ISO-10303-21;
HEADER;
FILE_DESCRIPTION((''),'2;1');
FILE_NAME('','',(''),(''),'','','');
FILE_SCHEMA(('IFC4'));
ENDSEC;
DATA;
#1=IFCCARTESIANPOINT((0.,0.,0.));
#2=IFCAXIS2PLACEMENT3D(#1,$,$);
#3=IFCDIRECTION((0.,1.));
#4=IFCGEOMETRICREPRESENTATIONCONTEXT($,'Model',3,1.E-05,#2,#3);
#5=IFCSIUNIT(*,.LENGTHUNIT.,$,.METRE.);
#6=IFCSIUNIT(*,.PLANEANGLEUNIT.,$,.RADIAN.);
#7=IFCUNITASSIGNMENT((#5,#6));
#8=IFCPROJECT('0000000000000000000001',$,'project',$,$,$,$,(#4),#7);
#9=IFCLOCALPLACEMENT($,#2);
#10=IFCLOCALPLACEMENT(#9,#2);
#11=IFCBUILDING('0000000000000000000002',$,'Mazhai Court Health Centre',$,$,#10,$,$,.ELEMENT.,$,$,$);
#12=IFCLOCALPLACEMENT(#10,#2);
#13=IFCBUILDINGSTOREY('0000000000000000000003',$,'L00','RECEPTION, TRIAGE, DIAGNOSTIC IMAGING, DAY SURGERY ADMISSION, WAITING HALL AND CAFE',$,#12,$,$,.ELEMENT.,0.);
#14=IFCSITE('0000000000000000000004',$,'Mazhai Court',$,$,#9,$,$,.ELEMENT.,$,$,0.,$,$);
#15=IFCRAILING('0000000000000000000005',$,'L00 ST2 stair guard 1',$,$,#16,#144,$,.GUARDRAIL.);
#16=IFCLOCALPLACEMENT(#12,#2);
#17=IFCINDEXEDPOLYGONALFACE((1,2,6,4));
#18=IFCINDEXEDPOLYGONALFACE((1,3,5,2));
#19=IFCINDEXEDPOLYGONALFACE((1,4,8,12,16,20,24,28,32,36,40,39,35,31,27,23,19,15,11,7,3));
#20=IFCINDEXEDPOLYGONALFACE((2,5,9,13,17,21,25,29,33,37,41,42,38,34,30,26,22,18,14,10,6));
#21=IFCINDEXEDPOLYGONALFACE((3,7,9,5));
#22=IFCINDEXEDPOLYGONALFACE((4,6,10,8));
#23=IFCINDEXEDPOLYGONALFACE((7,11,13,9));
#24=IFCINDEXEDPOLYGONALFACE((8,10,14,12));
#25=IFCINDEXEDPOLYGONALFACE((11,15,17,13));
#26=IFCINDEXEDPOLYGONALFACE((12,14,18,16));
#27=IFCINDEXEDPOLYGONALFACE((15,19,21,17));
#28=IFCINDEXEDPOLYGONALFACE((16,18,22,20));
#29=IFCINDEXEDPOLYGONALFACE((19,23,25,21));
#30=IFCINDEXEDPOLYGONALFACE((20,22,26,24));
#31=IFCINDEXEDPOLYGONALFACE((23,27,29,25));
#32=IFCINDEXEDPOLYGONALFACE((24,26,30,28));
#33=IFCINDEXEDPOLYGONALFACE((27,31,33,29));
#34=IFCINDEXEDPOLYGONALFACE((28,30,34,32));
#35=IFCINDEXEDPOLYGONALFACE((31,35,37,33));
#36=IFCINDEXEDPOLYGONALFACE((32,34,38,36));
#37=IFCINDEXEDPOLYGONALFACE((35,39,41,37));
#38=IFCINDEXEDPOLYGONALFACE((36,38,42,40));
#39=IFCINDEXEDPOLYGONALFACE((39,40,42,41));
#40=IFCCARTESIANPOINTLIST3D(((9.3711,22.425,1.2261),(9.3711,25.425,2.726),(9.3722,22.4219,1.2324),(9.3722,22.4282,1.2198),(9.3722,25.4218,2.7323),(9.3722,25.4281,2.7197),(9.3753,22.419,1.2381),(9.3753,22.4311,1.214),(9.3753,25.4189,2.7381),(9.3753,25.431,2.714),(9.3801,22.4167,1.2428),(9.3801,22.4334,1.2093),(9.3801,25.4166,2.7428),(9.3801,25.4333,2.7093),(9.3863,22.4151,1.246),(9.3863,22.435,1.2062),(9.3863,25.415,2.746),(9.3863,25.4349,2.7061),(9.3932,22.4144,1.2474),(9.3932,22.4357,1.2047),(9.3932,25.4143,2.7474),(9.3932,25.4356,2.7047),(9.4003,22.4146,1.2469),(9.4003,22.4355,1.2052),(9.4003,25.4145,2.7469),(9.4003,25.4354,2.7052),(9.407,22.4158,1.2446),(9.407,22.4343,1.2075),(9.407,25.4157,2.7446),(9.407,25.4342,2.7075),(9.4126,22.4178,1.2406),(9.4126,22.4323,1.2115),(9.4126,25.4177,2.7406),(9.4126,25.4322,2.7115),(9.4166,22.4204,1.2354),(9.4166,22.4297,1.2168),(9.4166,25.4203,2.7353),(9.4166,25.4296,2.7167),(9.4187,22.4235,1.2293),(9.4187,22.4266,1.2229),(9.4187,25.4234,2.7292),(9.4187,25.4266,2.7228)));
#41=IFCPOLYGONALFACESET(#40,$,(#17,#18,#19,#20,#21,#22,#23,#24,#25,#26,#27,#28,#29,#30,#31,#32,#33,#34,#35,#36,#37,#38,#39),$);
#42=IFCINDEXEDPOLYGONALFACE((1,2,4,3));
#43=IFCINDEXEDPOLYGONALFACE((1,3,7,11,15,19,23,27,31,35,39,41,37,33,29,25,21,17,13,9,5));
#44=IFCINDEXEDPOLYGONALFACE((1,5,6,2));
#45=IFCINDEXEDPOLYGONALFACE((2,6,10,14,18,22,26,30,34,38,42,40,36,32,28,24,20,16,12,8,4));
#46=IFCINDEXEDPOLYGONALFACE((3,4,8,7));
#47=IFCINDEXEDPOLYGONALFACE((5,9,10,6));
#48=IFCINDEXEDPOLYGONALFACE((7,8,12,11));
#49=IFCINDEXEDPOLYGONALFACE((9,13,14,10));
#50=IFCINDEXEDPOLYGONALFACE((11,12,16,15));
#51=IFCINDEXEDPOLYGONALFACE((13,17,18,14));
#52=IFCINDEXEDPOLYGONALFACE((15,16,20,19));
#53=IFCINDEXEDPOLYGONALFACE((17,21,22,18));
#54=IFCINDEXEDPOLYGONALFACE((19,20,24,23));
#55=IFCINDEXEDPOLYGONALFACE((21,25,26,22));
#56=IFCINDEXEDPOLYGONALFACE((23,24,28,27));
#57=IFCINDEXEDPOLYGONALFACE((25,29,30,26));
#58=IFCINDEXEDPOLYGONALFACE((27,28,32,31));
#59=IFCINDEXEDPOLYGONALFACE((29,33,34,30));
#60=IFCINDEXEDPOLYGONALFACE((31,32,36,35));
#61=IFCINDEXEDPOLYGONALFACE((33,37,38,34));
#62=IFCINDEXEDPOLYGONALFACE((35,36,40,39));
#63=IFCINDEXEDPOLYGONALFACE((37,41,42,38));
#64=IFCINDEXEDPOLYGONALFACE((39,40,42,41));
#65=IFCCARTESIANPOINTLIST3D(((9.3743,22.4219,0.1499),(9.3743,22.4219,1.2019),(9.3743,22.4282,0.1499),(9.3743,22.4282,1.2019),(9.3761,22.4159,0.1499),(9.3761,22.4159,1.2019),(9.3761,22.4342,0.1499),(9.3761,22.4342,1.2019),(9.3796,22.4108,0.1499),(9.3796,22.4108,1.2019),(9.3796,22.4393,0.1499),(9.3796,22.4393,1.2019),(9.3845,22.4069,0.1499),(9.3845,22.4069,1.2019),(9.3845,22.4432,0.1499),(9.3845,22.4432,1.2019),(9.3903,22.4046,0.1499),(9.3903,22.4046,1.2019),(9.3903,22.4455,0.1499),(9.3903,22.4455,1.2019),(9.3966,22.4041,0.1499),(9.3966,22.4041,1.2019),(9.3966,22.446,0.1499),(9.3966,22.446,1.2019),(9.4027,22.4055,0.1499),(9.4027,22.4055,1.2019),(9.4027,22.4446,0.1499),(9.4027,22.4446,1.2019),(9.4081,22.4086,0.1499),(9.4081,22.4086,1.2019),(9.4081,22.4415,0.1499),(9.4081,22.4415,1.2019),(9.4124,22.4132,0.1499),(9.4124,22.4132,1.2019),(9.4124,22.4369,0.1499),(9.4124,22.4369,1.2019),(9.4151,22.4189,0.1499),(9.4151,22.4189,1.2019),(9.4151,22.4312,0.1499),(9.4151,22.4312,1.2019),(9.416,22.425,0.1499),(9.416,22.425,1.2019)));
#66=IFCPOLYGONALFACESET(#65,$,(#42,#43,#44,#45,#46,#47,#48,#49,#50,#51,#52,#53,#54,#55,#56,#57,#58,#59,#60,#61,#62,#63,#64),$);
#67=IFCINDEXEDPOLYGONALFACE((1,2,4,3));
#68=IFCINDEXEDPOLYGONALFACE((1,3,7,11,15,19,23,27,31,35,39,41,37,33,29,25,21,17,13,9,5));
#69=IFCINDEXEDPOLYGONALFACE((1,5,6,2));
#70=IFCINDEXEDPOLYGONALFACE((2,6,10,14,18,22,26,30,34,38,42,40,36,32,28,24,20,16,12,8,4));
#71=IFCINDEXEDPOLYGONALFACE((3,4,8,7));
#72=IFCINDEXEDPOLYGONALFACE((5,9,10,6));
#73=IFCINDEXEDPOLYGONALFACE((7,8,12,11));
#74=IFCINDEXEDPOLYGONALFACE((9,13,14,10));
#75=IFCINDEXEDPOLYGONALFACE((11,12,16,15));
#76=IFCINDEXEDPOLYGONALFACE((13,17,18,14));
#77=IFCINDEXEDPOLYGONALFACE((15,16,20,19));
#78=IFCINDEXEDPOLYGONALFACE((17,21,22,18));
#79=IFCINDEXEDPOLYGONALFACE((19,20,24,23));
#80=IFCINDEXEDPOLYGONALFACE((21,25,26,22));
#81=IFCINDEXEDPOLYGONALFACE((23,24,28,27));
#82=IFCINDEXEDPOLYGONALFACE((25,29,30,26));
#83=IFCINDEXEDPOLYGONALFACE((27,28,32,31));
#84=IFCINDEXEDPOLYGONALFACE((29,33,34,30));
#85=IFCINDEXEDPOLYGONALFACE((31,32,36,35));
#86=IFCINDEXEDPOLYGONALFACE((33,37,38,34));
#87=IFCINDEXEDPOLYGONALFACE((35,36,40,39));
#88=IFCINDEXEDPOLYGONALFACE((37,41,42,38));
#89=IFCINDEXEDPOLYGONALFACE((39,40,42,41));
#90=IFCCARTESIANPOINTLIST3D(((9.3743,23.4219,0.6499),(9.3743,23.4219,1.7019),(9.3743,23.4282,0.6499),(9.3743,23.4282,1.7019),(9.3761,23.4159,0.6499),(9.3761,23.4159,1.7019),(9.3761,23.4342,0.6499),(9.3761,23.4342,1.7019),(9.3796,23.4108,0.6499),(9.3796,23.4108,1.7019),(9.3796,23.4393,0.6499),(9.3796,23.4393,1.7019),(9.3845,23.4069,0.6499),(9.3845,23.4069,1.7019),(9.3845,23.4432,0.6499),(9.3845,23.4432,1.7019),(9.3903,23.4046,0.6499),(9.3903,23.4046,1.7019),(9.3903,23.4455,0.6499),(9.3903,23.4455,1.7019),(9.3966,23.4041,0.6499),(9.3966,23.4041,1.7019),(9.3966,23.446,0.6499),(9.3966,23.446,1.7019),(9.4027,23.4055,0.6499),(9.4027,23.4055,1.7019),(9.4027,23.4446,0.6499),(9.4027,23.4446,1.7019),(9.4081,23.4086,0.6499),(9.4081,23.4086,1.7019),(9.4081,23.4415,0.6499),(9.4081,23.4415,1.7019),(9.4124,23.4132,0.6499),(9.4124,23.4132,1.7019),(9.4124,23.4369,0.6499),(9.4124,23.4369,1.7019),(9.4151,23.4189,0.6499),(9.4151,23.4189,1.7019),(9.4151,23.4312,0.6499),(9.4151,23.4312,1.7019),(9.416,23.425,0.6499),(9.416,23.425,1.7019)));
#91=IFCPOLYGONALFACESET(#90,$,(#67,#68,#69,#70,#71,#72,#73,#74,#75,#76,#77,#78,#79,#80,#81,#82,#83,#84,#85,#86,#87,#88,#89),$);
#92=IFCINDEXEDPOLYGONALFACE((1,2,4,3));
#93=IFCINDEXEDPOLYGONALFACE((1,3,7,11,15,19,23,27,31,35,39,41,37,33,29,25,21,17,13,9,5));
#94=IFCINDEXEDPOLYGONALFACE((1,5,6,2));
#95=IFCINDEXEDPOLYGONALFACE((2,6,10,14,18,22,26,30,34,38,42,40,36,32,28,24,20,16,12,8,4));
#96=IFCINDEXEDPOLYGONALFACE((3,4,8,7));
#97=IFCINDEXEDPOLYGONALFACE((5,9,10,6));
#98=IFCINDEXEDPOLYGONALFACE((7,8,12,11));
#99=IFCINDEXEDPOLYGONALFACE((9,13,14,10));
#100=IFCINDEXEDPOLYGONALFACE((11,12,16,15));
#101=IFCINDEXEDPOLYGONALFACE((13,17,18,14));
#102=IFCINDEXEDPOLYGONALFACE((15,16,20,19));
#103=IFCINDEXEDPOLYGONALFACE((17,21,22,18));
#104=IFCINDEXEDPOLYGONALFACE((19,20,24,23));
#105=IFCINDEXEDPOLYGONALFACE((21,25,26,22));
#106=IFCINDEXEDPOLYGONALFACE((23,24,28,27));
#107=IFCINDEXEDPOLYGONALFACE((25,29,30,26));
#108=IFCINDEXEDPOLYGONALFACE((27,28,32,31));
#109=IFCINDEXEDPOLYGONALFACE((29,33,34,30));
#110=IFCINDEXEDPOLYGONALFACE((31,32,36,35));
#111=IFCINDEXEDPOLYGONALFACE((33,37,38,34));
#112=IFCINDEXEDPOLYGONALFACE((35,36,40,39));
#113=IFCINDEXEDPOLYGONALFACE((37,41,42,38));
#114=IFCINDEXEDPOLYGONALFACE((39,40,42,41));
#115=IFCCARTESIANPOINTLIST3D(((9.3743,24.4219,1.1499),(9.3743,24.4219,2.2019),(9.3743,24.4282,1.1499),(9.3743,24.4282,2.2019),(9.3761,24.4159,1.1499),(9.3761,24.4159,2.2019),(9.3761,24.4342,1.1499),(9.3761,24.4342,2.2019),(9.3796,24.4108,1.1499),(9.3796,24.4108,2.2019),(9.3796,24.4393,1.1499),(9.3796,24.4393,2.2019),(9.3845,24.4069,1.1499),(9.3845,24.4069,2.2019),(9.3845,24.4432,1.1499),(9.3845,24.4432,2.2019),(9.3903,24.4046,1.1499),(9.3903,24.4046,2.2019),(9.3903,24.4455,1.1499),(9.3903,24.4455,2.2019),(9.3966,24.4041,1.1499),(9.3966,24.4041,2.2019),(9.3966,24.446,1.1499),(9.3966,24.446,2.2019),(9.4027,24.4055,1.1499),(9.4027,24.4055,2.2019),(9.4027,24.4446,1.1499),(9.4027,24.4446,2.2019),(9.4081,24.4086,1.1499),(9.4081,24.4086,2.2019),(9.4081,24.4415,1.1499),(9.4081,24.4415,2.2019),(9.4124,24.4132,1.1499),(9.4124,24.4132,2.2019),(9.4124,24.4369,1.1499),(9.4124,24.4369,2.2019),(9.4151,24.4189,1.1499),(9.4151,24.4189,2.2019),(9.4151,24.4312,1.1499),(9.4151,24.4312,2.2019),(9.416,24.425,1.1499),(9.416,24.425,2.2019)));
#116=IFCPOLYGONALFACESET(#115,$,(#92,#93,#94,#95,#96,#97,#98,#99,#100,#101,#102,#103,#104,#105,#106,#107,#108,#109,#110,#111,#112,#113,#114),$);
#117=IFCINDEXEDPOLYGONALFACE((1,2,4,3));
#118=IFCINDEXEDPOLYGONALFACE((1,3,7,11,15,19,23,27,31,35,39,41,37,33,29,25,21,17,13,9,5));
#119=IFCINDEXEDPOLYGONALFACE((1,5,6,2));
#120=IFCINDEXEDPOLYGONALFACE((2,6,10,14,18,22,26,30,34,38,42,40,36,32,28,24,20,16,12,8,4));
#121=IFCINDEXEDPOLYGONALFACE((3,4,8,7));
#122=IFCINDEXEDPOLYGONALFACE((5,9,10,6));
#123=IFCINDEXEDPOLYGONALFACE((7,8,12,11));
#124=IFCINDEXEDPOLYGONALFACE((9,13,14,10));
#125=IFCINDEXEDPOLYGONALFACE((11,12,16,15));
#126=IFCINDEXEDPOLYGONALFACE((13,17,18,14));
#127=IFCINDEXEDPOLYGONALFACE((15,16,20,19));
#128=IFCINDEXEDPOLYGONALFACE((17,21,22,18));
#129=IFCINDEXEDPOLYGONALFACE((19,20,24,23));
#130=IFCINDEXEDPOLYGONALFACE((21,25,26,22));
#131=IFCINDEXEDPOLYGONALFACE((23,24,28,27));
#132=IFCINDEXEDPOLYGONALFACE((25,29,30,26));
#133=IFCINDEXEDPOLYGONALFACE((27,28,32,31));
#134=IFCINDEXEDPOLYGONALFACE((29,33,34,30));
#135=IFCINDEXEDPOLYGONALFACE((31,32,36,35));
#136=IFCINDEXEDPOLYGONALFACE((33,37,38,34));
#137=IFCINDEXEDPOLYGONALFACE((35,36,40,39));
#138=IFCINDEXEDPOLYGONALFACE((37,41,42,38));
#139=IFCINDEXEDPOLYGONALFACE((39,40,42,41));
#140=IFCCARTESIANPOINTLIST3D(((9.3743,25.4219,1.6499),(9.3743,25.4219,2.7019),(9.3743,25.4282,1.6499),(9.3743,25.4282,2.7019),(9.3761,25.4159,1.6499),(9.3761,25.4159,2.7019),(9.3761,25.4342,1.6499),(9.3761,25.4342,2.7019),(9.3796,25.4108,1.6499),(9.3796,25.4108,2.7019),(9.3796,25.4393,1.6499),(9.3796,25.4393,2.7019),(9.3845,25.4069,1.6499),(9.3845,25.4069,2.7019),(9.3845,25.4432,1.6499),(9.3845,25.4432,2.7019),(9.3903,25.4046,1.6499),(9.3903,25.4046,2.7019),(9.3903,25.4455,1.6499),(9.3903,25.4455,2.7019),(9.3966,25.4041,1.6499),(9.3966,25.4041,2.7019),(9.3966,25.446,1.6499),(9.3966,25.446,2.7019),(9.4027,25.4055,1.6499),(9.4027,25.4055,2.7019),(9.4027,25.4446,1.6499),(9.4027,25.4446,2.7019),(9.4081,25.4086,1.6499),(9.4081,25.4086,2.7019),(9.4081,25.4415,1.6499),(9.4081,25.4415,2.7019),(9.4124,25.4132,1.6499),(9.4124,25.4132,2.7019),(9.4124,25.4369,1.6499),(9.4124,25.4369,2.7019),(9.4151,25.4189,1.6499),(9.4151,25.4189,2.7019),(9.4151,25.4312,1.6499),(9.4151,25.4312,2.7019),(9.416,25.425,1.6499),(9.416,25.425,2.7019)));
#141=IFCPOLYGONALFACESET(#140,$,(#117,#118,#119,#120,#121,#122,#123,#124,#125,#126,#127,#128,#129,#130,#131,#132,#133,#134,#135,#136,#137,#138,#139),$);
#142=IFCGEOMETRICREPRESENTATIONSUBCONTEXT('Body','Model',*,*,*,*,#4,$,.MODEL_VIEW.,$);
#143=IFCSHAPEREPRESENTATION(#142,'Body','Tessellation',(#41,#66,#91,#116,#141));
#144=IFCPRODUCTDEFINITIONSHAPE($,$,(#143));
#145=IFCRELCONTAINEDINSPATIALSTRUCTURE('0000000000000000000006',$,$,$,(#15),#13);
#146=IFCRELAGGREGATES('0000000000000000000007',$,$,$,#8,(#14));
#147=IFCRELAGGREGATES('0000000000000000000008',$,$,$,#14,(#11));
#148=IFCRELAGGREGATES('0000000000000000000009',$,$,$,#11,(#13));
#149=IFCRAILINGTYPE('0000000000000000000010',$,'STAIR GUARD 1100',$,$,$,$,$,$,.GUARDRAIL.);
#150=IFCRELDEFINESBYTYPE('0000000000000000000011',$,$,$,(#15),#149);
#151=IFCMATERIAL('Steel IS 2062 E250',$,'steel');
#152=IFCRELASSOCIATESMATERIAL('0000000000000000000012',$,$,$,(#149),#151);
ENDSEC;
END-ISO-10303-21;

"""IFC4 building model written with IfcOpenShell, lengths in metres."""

from ifc_helpers import new_model, si_unit, direction, frame, origin, origin_2d, place, context, subcontext, project, spatial, circle, extrude, material, type_object, element, save


model = new_model("IFC4")

# Units and contexts
model_context = context("Model", 3, precision=1e-05, world=origin(), true_north=direction((0.0, 1.0)))
body_context = subcontext(model_context, "Body", "Model", "MODEL_VIEW")
ifc_project = project(units=[si_unit("LENGTHUNIT", "METRE"), si_unit("PLANEANGLEUNIT", "RADIAN")], contexts=[model_context])

# Site, building, storey
site_placement = place(None, origin())
site = spatial("IfcSite", under=ifc_project, at=site_placement, Name="Mazhai Court", CompositionType="ELEMENT", RefElevation=0.0)
building_placement = place(site_placement, origin())
building = spatial("IfcBuilding", under=site, at=building_placement, Name="Mazhai Court Health Centre", CompositionType="ELEMENT")
storey_placement = place(building_placement, origin())
storey = spatial("IfcBuildingStorey", under=building, at=storey_placement, Name="L00", Description="RECEPTION, TRIAGE, DIAGNOSTIC IMAGING, DAY SURGERY ADMISSION, WAITING HALL AND CAFE", CompositionType="ELEMENT", Elevation=0.0)

# Railing
ifc_material_1 = material(Name="Steel IS 2062 E250", Category="steel")
railing_type_1 = type_object("IfcRailingType", Name="STAIR GUARD 1100", PredefinedType="GUARDRAIL", material=ifc_material_1)
railing_1_placement = place(storey_placement, frame((9.395, 22.425, 0.1499)))
element("IfcRailing", 1, at=railing_1_placement, inside=storey, type_object=railing_type_1, Name="L00 ST2 stair guard 1", PredefinedType="GUARDRAIL", context=body_context, shape_type="SweptSolid", body=[
    extrude(circle(Radius=0.0239, at=origin_2d()), frame((0.0, 0.0, 1.0762), z_axis=(0.0, 0.894427, 0.447214), x_axis=(-1.0, 0.0, 0.0)), (0.0, 0.0, 1.0), 3.354),
    extrude(circle(Radius=0.021, at=origin_2d()), origin(), (0.0, 0.0, 1.0), 1.052),
    extrude(circle(Radius=0.021, at=origin_2d()), frame((0.0, 1.0, 0.5)), (0.0, 0.0, 1.0), 1.052),
    extrude(circle(Radius=0.021, at=origin_2d()), frame((0.0, 2.0, 1.0)), (0.0, 0.0, 1.0), 1.052),
    extrude(circle(Radius=0.021, at=origin_2d()), frame((0.0, 3.0, 1.5)), (0.0, 0.0, 1.0), 1.052),
])

save(model, "model.ifc")
